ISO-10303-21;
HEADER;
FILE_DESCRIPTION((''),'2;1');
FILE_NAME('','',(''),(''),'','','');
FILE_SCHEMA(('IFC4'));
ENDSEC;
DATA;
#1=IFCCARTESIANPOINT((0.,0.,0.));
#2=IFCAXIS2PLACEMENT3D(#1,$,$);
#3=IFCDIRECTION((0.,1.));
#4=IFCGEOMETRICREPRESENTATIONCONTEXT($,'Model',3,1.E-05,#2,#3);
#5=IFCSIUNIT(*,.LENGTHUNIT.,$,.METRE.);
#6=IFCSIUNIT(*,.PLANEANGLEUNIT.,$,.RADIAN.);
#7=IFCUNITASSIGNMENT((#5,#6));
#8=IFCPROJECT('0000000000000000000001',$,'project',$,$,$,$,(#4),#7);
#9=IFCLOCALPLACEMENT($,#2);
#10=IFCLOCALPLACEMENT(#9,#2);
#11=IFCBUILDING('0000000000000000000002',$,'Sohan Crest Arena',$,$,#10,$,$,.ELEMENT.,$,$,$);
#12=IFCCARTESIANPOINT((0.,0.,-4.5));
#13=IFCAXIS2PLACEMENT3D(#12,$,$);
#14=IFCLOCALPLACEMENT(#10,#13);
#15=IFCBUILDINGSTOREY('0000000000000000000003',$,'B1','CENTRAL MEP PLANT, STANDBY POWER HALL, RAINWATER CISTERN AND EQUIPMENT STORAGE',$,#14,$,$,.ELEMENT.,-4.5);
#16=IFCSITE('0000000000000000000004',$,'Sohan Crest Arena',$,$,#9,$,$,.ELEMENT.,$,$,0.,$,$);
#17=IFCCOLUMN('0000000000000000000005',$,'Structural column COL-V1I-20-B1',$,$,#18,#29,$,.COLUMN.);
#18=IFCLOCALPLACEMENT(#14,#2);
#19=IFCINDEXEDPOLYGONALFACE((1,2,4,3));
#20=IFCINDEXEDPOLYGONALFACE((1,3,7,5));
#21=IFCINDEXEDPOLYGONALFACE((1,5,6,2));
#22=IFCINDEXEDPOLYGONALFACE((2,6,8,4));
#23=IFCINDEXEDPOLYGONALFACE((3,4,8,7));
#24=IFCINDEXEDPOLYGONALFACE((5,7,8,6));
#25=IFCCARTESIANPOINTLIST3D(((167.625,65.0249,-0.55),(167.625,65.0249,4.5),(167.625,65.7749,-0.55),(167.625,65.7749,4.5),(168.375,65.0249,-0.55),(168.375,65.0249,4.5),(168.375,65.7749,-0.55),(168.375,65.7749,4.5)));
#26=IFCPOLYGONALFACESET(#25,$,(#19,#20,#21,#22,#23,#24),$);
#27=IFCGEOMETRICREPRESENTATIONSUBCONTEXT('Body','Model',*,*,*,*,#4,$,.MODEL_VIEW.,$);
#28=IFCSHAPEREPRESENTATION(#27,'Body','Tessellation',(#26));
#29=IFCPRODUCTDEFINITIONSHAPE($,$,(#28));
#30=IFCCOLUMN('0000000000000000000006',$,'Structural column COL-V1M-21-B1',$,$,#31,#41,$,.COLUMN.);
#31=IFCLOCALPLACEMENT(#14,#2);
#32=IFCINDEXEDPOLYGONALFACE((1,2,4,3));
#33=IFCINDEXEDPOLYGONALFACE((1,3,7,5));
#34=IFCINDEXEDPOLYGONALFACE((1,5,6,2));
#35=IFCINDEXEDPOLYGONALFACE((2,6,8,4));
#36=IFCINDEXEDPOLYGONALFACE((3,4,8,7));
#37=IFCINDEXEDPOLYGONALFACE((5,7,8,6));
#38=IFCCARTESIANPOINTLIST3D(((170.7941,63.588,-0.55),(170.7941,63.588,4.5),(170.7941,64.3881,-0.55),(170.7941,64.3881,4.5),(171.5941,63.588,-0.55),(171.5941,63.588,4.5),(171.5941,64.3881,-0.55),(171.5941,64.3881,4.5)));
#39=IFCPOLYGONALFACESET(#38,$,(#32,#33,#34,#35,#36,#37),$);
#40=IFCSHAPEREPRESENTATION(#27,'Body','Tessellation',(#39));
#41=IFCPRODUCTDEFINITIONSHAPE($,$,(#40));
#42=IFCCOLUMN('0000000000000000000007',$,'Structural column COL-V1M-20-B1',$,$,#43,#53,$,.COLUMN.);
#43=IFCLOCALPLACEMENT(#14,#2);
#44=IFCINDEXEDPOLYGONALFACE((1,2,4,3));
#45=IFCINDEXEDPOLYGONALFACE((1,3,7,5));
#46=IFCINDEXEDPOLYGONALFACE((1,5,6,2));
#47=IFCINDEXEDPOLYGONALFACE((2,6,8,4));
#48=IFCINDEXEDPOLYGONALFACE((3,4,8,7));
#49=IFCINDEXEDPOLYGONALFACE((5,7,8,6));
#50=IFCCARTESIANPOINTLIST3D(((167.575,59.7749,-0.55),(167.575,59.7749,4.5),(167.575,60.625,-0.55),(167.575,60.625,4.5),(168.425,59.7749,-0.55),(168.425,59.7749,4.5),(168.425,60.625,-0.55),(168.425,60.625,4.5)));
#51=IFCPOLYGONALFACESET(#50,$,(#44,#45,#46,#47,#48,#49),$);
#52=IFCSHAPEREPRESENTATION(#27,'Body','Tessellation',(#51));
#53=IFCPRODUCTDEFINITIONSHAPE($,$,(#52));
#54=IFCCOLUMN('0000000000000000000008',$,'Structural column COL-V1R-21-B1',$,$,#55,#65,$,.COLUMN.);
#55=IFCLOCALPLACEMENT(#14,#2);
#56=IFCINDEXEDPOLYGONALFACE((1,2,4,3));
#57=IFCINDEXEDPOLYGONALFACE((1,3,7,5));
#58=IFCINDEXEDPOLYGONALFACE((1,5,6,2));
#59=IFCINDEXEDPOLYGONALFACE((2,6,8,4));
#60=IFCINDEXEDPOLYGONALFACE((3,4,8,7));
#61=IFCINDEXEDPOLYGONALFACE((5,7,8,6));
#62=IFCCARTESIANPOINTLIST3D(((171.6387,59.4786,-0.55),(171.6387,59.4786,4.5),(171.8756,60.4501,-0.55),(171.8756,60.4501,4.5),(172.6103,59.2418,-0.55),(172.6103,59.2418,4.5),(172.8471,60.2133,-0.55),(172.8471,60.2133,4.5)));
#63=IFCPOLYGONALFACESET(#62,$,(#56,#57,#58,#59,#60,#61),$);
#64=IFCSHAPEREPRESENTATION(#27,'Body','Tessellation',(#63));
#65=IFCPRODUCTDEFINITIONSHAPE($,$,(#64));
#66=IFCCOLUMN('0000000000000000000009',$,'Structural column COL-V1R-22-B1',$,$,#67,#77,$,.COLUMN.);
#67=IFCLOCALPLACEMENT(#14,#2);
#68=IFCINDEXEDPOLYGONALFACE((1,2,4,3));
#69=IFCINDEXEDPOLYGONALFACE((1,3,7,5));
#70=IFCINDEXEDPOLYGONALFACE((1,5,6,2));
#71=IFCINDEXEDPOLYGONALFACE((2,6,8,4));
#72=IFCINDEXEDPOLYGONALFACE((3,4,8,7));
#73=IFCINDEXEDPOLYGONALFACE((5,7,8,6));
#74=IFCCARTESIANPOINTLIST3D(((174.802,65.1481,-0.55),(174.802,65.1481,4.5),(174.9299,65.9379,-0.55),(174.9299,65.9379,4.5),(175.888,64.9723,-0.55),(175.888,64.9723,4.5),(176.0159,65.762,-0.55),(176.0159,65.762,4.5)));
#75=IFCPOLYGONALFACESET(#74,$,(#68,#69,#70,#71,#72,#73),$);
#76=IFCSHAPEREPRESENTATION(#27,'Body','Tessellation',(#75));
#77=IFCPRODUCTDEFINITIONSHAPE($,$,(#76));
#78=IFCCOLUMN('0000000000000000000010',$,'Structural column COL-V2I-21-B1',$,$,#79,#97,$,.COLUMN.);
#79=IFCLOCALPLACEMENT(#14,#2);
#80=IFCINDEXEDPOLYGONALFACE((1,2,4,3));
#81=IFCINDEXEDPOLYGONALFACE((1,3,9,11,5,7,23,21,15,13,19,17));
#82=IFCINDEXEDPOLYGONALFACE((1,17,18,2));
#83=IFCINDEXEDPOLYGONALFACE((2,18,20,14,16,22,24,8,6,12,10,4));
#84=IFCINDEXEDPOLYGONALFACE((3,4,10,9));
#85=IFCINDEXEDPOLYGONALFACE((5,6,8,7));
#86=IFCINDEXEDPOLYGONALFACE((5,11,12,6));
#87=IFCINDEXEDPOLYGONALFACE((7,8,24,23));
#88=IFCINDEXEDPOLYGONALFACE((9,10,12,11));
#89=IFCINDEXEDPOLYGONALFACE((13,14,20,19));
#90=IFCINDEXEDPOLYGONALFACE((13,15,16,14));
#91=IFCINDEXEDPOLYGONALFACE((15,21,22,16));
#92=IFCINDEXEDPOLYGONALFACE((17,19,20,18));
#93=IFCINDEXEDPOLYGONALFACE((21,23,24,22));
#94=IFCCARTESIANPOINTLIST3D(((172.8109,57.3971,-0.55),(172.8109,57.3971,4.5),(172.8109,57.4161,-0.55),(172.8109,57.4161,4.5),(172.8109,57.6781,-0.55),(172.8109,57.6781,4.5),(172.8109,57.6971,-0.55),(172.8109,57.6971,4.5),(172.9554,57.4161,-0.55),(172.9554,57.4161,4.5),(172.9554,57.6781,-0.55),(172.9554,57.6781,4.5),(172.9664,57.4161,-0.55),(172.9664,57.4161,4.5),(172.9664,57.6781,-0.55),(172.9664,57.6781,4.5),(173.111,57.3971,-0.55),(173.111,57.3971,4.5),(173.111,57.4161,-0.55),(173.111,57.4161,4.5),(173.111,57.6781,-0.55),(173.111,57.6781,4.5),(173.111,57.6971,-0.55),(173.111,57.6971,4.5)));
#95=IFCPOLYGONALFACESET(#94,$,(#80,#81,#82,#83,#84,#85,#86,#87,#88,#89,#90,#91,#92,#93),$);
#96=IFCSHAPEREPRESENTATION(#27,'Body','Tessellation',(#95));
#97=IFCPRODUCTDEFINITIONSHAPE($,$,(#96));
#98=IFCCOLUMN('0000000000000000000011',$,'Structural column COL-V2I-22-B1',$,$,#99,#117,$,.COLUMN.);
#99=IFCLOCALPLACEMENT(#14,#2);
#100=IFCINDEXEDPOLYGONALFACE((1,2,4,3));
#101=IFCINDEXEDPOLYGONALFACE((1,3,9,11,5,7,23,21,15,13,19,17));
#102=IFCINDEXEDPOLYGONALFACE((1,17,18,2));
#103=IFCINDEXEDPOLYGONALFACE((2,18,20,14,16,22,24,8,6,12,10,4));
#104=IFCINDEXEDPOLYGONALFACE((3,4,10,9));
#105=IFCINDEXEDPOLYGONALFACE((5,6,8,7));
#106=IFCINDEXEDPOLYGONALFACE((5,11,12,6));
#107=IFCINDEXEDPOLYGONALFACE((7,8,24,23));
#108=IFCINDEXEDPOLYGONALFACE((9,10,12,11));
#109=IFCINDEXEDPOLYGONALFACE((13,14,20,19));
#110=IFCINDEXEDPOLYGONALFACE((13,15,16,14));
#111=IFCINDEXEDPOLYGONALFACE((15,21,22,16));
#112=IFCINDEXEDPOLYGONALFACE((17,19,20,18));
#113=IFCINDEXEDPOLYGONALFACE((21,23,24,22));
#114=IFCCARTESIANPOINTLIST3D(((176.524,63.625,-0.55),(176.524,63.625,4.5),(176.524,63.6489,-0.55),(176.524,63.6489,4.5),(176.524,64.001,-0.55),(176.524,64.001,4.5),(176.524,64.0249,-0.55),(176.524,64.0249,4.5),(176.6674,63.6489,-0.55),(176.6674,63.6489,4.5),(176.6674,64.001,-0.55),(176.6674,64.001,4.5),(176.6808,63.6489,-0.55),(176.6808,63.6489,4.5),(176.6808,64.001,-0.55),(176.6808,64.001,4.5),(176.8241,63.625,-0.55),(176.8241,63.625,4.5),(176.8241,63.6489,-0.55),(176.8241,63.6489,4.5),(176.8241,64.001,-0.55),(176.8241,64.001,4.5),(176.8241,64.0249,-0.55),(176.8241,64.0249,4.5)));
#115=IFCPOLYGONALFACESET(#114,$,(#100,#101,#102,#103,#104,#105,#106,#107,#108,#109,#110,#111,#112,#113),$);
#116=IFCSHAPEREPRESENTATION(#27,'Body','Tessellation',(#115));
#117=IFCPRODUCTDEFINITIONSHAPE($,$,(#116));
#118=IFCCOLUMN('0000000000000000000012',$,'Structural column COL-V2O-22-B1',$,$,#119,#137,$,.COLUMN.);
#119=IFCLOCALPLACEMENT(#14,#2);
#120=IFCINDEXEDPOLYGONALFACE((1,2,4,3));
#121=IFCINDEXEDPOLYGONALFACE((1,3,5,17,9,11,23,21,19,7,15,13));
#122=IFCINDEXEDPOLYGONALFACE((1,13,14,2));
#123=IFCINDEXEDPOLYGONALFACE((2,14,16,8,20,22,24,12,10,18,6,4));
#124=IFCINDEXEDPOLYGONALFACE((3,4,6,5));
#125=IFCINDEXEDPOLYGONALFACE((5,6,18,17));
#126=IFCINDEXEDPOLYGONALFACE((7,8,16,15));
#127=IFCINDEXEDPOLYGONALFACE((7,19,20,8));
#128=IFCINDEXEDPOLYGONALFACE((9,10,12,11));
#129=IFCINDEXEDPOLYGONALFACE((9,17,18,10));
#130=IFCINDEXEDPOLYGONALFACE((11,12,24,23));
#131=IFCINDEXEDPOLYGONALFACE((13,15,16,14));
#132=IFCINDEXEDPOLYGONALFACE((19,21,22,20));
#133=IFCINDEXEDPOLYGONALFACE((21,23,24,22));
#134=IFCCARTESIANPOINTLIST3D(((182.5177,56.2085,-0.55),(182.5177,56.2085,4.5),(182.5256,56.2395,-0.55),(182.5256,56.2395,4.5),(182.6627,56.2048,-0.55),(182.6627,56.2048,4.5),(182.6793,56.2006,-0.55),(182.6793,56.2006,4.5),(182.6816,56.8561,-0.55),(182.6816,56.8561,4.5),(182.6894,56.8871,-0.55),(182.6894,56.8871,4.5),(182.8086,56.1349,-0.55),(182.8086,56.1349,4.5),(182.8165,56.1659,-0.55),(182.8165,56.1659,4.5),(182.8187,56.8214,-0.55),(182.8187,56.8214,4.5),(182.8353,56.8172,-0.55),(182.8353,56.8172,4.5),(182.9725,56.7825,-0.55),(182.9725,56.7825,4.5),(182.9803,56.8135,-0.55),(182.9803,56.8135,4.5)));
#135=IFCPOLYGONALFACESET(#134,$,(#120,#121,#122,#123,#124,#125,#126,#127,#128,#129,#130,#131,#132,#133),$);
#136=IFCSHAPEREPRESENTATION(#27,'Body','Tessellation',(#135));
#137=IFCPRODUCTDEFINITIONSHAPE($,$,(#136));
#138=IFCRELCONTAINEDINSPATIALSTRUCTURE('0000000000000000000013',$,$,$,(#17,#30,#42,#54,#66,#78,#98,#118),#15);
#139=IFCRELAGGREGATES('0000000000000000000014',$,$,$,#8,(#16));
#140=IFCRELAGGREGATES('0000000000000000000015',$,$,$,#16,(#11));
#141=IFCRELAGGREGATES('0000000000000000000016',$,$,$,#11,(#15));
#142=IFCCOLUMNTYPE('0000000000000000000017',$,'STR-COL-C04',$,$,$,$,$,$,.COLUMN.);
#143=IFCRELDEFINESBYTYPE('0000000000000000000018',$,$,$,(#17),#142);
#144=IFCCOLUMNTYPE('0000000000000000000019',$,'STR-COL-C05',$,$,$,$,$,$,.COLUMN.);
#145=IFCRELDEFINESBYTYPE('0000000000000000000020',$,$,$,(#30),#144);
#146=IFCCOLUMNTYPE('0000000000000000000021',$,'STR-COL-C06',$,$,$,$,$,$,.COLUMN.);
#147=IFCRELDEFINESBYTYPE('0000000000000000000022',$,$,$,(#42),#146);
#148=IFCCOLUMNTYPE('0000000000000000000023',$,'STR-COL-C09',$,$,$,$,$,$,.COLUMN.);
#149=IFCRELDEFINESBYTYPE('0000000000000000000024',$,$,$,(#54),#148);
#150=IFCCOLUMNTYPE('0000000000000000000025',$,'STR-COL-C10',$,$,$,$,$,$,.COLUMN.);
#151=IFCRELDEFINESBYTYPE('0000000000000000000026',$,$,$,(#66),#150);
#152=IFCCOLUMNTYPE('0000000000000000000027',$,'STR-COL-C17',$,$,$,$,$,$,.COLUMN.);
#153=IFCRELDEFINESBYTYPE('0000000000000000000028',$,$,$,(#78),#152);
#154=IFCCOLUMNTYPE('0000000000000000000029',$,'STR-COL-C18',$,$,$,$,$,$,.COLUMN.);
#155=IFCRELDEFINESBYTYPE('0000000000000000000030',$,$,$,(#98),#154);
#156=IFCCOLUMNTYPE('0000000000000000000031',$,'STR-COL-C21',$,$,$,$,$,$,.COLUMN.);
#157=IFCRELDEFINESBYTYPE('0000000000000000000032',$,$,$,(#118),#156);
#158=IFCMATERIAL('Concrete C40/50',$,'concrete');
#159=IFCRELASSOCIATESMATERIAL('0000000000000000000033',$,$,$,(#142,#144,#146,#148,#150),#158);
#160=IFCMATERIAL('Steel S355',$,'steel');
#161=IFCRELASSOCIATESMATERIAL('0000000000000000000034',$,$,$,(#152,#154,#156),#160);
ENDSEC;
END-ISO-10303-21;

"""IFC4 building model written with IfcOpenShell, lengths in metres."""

from ifc_helpers import new_model, si_unit, direction, frame, origin, origin_2d, place, context, subcontext, project, spatial, rectangle, i_section, extrude, material, material_profile, profile_set, type_object, element, save


model = new_model("IFC4")

# Units and contexts
model_context = context("Model", 3, precision=1e-05, world=origin(), true_north=direction((0.0, 1.0)))
body_context = subcontext(model_context, "Body", "Model", "MODEL_VIEW")
ifc_project = project(units=[si_unit("LENGTHUNIT", "METRE"), si_unit("PLANEANGLEUNIT", "RADIAN")], contexts=[model_context])

# Site, building, storey
site_placement = place(None, origin())
site = spatial("IfcSite", under=ifc_project, at=site_placement, Name="Sohan Crest Arena", CompositionType="ELEMENT", RefElevation=0.0)
building_placement = place(site_placement, origin())
building = spatial("IfcBuilding", under=site, at=building_placement, Name="Sohan Crest Arena", CompositionType="ELEMENT")
storey_placement = place(building_placement, frame((0.0, 0.0, -4.5)))
storey = spatial("IfcBuildingStorey", under=building, at=storey_placement, Name="B1", Description="CENTRAL MEP PLANT, STANDBY POWER HALL, RAINWATER CISTERN AND EQUIPMENT STORAGE", CompositionType="ELEMENT", Elevation=-4.5)

# Columns
ifc_material_1 = material(Name="Concrete C40/50", Category="concrete")
ifc_material_profile_1 = material_profile(ifc_material_1, rectangle(XDim=0.75, YDim=0.75, at=origin_2d()), Name="RC 750x750")
ifc_profile_set_1 = profile_set([ifc_material_profile_1], Name="Concrete C40/50")
column_type_1 = type_object("IfcColumnType", Name="STR-COL-C04", PredefinedType="COLUMN", material=ifc_profile_set_1)
column_1_placement = place(storey_placement, frame((168.0, 65.3999, -0.55), z_axis=(0.0, 0.0, 1.0), x_axis=(1.0, 0.0, 0.0)))
element("IfcColumn", 1, at=column_1_placement, inside=storey, type_object=column_type_1, Name="Structural column COL-V1I-20-B1", PredefinedType="COLUMN", context=body_context, shape_type="SweptSolid", body=[
    extrude(rectangle(XDim=0.75, YDim=0.75, at=origin_2d()), origin(), (0.0, 0.0, 1.0), 5.05),
])
ifc_material_profile_2 = material_profile(ifc_material_1, rectangle(XDim=0.8, YDim=0.8, at=origin_2d()), Name="RC 800x800")
ifc_profile_set_2 = profile_set([ifc_material_profile_2], Name="Concrete C40/50")
column_type_2 = type_object("IfcColumnType", Name="STR-COL-C05", PredefinedType="COLUMN", material=ifc_profile_set_2)
column_2_placement = place(storey_placement, frame((171.1941, 63.988, -0.55), z_axis=(0.0, 0.0, 1.0), x_axis=(1.0, 0.0, 0.0)))
element("IfcColumn", 2, at=column_2_placement, inside=storey, type_object=column_type_2, Name="Structural column COL-V1M-21-B1", PredefinedType="COLUMN", context=body_context, shape_type="SweptSolid", body=[
    extrude(rectangle(XDim=0.8, YDim=0.8, at=origin_2d()), origin(), (0.0, 0.0, 1.0), 5.05),
])
ifc_material_profile_3 = material_profile(ifc_material_1, rectangle(XDim=0.8501, YDim=0.8501, at=origin_2d()), Name="RC 850x850")
ifc_profile_set_3 = profile_set([ifc_material_profile_3], Name="Concrete C40/50")
column_type_3 = type_object("IfcColumnType", Name="STR-COL-C06", PredefinedType="COLUMN", material=ifc_profile_set_3)
column_3_placement = place(storey_placement, frame((168.0, 60.2, -0.55), z_axis=(0.0, 0.0, 1.0), x_axis=(1.0, 0.0, 0.0)))
element("IfcColumn", 3, at=column_3_placement, inside=storey, type_object=column_type_3, Name="Structural column COL-V1M-20-B1", PredefinedType="COLUMN", context=body_context, shape_type="SweptSolid", body=[
    extrude(rectangle(XDim=0.8501, YDim=0.8501, at=origin_2d()), origin(), (0.0, 0.0, 1.0), 5.05),
])
ifc_material_profile_4 = material_profile(ifc_material_1, rectangle(XDim=1.0, YDim=1.0, at=origin_2d()), Name="RC 1000x1000")
ifc_profile_set_4 = profile_set([ifc_material_profile_4], Name="Concrete C40/50")
column_type_4 = type_object("IfcColumnType", Name="STR-COL-C09", PredefinedType="COLUMN", material=ifc_profile_set_4)
column_4_placement = place(storey_placement, frame((172.2429, 59.8459, -0.55), z_axis=(0.0, 0.0, 1.0), x_axis=(-0.971549, 0.236838, 0.0)))
element("IfcColumn", 4, at=column_4_placement, inside=storey, type_object=column_type_4, Name="Structural column COL-V1R-21-B1", PredefinedType="COLUMN", context=body_context, shape_type="SweptSolid", body=[
    extrude(rectangle(XDim=1.0, YDim=1.0, at=origin_2d()), origin(), (0.0, 0.0, 1.0), 5.05),
])
ifc_material_profile_5 = material_profile(ifc_material_1, rectangle(XDim=1.1001, YDim=0.8, at=origin_2d()), Name="RC 1100x800")
ifc_profile_set_5 = profile_set([ifc_material_profile_5], Name="Concrete C40/50")
column_type_5 = type_object("IfcColumnType", Name="STR-COL-C10", PredefinedType="COLUMN", material=ifc_profile_set_5)
column_5_placement = place(storey_placement, frame((175.4089, 65.4551, -0.55), z_axis=(0.0, 0.0, 1.0), x_axis=(-0.987136, 0.159881, 0.0)))
element("IfcColumn", 5, at=column_5_placement, inside=storey, type_object=column_type_5, Name="Structural column COL-V1R-22-B1", PredefinedType="COLUMN", context=body_context, shape_type="SweptSolid", body=[
    extrude(rectangle(XDim=1.1001, YDim=0.8, at=origin_2d()), origin(), (0.0, 0.0, 1.0), 5.05),
])
ifc_material_2 = material(Name="Steel S355", Category="steel")
ifc_material_profile_6 = material_profile(ifc_material_2, i_section(OverallWidth=0.3, OverallDepth=0.3, WebThickness=0.011, FlangeThickness=0.019, at=origin_2d()), Name="HEB 300")
ifc_profile_set_6 = profile_set([ifc_material_profile_6], Name="Steel S355")
column_type_6 = type_object("IfcColumnType", Name="STR-COL-C17", PredefinedType="COLUMN", material=ifc_profile_set_6)
column_6_placement = place(storey_placement, frame((172.9609, 57.5471, -0.55), z_axis=(0.0, 0.0, 1.0), x_axis=(1.0, 0.0, 0.0)))
element("IfcColumn", 6, at=column_6_placement, inside=storey, type_object=column_type_6, Name="Structural column COL-V2I-21-B1", PredefinedType="COLUMN", context=body_context, shape_type="SweptSolid", body=[
    extrude(i_section(OverallWidth=0.3, OverallDepth=0.3, WebThickness=0.011, FlangeThickness=0.019, at=origin_2d()), origin(), (0.0, 0.0, 1.0), 5.05),
])
ifc_material_profile_7 = material_profile(ifc_material_2, i_section(OverallWidth=0.3, OverallDepth=0.3999, WebThickness=0.0134, FlangeThickness=0.0239, at=origin_2d()), Name="HEB 400")
ifc_profile_set_7 = profile_set([ifc_material_profile_7], Name="Steel S355")
column_type_7 = type_object("IfcColumnType", Name="STR-COL-C18", PredefinedType="COLUMN", material=ifc_profile_set_7)
column_7_placement = place(storey_placement, frame((176.6741, 63.825, -0.55), z_axis=(0.0, 0.0, 1.0), x_axis=(1.0, 0.0, 0.0)))
element("IfcColumn", 7, at=column_7_placement, inside=storey, type_object=column_type_7, Name="Structural column COL-V2I-22-B1", PredefinedType="COLUMN", context=body_context, shape_type="SweptSolid", body=[
    extrude(i_section(OverallWidth=0.3, OverallDepth=0.3999, WebThickness=0.0134, FlangeThickness=0.0239, at=origin_2d()), origin(), (0.0, 0.0, 1.0), 5.05),
])
ifc_material_profile_8 = material_profile(ifc_material_2, i_section(OverallWidth=0.3, OverallDepth=0.7, WebThickness=0.0171, FlangeThickness=0.032, at=origin_2d()), Name="HEB 700")
ifc_profile_set_8 = profile_set([ifc_material_profile_8], Name="Steel S355")
column_type_8 = type_object("IfcColumnType", Name="STR-COL-C21", PredefinedType="COLUMN", material=ifc_profile_set_8)
column_8_placement = place(storey_placement, frame((182.749, 56.511, -0.55), z_axis=(0.0, 0.0, 1.0), x_axis=(-0.969445, 0.245307, 0.0)))
element("IfcColumn", 8, at=column_8_placement, inside=storey, type_object=column_type_8, Name="Structural column COL-V2O-22-B1", PredefinedType="COLUMN", context=body_context, shape_type="SweptSolid", body=[
    extrude(i_section(OverallWidth=0.3, OverallDepth=0.7, WebThickness=0.0171, FlangeThickness=0.032, at=origin_2d()), origin(), (0.0, 0.0, 1.0), 5.05),
])

save(model, "model.ifc")
